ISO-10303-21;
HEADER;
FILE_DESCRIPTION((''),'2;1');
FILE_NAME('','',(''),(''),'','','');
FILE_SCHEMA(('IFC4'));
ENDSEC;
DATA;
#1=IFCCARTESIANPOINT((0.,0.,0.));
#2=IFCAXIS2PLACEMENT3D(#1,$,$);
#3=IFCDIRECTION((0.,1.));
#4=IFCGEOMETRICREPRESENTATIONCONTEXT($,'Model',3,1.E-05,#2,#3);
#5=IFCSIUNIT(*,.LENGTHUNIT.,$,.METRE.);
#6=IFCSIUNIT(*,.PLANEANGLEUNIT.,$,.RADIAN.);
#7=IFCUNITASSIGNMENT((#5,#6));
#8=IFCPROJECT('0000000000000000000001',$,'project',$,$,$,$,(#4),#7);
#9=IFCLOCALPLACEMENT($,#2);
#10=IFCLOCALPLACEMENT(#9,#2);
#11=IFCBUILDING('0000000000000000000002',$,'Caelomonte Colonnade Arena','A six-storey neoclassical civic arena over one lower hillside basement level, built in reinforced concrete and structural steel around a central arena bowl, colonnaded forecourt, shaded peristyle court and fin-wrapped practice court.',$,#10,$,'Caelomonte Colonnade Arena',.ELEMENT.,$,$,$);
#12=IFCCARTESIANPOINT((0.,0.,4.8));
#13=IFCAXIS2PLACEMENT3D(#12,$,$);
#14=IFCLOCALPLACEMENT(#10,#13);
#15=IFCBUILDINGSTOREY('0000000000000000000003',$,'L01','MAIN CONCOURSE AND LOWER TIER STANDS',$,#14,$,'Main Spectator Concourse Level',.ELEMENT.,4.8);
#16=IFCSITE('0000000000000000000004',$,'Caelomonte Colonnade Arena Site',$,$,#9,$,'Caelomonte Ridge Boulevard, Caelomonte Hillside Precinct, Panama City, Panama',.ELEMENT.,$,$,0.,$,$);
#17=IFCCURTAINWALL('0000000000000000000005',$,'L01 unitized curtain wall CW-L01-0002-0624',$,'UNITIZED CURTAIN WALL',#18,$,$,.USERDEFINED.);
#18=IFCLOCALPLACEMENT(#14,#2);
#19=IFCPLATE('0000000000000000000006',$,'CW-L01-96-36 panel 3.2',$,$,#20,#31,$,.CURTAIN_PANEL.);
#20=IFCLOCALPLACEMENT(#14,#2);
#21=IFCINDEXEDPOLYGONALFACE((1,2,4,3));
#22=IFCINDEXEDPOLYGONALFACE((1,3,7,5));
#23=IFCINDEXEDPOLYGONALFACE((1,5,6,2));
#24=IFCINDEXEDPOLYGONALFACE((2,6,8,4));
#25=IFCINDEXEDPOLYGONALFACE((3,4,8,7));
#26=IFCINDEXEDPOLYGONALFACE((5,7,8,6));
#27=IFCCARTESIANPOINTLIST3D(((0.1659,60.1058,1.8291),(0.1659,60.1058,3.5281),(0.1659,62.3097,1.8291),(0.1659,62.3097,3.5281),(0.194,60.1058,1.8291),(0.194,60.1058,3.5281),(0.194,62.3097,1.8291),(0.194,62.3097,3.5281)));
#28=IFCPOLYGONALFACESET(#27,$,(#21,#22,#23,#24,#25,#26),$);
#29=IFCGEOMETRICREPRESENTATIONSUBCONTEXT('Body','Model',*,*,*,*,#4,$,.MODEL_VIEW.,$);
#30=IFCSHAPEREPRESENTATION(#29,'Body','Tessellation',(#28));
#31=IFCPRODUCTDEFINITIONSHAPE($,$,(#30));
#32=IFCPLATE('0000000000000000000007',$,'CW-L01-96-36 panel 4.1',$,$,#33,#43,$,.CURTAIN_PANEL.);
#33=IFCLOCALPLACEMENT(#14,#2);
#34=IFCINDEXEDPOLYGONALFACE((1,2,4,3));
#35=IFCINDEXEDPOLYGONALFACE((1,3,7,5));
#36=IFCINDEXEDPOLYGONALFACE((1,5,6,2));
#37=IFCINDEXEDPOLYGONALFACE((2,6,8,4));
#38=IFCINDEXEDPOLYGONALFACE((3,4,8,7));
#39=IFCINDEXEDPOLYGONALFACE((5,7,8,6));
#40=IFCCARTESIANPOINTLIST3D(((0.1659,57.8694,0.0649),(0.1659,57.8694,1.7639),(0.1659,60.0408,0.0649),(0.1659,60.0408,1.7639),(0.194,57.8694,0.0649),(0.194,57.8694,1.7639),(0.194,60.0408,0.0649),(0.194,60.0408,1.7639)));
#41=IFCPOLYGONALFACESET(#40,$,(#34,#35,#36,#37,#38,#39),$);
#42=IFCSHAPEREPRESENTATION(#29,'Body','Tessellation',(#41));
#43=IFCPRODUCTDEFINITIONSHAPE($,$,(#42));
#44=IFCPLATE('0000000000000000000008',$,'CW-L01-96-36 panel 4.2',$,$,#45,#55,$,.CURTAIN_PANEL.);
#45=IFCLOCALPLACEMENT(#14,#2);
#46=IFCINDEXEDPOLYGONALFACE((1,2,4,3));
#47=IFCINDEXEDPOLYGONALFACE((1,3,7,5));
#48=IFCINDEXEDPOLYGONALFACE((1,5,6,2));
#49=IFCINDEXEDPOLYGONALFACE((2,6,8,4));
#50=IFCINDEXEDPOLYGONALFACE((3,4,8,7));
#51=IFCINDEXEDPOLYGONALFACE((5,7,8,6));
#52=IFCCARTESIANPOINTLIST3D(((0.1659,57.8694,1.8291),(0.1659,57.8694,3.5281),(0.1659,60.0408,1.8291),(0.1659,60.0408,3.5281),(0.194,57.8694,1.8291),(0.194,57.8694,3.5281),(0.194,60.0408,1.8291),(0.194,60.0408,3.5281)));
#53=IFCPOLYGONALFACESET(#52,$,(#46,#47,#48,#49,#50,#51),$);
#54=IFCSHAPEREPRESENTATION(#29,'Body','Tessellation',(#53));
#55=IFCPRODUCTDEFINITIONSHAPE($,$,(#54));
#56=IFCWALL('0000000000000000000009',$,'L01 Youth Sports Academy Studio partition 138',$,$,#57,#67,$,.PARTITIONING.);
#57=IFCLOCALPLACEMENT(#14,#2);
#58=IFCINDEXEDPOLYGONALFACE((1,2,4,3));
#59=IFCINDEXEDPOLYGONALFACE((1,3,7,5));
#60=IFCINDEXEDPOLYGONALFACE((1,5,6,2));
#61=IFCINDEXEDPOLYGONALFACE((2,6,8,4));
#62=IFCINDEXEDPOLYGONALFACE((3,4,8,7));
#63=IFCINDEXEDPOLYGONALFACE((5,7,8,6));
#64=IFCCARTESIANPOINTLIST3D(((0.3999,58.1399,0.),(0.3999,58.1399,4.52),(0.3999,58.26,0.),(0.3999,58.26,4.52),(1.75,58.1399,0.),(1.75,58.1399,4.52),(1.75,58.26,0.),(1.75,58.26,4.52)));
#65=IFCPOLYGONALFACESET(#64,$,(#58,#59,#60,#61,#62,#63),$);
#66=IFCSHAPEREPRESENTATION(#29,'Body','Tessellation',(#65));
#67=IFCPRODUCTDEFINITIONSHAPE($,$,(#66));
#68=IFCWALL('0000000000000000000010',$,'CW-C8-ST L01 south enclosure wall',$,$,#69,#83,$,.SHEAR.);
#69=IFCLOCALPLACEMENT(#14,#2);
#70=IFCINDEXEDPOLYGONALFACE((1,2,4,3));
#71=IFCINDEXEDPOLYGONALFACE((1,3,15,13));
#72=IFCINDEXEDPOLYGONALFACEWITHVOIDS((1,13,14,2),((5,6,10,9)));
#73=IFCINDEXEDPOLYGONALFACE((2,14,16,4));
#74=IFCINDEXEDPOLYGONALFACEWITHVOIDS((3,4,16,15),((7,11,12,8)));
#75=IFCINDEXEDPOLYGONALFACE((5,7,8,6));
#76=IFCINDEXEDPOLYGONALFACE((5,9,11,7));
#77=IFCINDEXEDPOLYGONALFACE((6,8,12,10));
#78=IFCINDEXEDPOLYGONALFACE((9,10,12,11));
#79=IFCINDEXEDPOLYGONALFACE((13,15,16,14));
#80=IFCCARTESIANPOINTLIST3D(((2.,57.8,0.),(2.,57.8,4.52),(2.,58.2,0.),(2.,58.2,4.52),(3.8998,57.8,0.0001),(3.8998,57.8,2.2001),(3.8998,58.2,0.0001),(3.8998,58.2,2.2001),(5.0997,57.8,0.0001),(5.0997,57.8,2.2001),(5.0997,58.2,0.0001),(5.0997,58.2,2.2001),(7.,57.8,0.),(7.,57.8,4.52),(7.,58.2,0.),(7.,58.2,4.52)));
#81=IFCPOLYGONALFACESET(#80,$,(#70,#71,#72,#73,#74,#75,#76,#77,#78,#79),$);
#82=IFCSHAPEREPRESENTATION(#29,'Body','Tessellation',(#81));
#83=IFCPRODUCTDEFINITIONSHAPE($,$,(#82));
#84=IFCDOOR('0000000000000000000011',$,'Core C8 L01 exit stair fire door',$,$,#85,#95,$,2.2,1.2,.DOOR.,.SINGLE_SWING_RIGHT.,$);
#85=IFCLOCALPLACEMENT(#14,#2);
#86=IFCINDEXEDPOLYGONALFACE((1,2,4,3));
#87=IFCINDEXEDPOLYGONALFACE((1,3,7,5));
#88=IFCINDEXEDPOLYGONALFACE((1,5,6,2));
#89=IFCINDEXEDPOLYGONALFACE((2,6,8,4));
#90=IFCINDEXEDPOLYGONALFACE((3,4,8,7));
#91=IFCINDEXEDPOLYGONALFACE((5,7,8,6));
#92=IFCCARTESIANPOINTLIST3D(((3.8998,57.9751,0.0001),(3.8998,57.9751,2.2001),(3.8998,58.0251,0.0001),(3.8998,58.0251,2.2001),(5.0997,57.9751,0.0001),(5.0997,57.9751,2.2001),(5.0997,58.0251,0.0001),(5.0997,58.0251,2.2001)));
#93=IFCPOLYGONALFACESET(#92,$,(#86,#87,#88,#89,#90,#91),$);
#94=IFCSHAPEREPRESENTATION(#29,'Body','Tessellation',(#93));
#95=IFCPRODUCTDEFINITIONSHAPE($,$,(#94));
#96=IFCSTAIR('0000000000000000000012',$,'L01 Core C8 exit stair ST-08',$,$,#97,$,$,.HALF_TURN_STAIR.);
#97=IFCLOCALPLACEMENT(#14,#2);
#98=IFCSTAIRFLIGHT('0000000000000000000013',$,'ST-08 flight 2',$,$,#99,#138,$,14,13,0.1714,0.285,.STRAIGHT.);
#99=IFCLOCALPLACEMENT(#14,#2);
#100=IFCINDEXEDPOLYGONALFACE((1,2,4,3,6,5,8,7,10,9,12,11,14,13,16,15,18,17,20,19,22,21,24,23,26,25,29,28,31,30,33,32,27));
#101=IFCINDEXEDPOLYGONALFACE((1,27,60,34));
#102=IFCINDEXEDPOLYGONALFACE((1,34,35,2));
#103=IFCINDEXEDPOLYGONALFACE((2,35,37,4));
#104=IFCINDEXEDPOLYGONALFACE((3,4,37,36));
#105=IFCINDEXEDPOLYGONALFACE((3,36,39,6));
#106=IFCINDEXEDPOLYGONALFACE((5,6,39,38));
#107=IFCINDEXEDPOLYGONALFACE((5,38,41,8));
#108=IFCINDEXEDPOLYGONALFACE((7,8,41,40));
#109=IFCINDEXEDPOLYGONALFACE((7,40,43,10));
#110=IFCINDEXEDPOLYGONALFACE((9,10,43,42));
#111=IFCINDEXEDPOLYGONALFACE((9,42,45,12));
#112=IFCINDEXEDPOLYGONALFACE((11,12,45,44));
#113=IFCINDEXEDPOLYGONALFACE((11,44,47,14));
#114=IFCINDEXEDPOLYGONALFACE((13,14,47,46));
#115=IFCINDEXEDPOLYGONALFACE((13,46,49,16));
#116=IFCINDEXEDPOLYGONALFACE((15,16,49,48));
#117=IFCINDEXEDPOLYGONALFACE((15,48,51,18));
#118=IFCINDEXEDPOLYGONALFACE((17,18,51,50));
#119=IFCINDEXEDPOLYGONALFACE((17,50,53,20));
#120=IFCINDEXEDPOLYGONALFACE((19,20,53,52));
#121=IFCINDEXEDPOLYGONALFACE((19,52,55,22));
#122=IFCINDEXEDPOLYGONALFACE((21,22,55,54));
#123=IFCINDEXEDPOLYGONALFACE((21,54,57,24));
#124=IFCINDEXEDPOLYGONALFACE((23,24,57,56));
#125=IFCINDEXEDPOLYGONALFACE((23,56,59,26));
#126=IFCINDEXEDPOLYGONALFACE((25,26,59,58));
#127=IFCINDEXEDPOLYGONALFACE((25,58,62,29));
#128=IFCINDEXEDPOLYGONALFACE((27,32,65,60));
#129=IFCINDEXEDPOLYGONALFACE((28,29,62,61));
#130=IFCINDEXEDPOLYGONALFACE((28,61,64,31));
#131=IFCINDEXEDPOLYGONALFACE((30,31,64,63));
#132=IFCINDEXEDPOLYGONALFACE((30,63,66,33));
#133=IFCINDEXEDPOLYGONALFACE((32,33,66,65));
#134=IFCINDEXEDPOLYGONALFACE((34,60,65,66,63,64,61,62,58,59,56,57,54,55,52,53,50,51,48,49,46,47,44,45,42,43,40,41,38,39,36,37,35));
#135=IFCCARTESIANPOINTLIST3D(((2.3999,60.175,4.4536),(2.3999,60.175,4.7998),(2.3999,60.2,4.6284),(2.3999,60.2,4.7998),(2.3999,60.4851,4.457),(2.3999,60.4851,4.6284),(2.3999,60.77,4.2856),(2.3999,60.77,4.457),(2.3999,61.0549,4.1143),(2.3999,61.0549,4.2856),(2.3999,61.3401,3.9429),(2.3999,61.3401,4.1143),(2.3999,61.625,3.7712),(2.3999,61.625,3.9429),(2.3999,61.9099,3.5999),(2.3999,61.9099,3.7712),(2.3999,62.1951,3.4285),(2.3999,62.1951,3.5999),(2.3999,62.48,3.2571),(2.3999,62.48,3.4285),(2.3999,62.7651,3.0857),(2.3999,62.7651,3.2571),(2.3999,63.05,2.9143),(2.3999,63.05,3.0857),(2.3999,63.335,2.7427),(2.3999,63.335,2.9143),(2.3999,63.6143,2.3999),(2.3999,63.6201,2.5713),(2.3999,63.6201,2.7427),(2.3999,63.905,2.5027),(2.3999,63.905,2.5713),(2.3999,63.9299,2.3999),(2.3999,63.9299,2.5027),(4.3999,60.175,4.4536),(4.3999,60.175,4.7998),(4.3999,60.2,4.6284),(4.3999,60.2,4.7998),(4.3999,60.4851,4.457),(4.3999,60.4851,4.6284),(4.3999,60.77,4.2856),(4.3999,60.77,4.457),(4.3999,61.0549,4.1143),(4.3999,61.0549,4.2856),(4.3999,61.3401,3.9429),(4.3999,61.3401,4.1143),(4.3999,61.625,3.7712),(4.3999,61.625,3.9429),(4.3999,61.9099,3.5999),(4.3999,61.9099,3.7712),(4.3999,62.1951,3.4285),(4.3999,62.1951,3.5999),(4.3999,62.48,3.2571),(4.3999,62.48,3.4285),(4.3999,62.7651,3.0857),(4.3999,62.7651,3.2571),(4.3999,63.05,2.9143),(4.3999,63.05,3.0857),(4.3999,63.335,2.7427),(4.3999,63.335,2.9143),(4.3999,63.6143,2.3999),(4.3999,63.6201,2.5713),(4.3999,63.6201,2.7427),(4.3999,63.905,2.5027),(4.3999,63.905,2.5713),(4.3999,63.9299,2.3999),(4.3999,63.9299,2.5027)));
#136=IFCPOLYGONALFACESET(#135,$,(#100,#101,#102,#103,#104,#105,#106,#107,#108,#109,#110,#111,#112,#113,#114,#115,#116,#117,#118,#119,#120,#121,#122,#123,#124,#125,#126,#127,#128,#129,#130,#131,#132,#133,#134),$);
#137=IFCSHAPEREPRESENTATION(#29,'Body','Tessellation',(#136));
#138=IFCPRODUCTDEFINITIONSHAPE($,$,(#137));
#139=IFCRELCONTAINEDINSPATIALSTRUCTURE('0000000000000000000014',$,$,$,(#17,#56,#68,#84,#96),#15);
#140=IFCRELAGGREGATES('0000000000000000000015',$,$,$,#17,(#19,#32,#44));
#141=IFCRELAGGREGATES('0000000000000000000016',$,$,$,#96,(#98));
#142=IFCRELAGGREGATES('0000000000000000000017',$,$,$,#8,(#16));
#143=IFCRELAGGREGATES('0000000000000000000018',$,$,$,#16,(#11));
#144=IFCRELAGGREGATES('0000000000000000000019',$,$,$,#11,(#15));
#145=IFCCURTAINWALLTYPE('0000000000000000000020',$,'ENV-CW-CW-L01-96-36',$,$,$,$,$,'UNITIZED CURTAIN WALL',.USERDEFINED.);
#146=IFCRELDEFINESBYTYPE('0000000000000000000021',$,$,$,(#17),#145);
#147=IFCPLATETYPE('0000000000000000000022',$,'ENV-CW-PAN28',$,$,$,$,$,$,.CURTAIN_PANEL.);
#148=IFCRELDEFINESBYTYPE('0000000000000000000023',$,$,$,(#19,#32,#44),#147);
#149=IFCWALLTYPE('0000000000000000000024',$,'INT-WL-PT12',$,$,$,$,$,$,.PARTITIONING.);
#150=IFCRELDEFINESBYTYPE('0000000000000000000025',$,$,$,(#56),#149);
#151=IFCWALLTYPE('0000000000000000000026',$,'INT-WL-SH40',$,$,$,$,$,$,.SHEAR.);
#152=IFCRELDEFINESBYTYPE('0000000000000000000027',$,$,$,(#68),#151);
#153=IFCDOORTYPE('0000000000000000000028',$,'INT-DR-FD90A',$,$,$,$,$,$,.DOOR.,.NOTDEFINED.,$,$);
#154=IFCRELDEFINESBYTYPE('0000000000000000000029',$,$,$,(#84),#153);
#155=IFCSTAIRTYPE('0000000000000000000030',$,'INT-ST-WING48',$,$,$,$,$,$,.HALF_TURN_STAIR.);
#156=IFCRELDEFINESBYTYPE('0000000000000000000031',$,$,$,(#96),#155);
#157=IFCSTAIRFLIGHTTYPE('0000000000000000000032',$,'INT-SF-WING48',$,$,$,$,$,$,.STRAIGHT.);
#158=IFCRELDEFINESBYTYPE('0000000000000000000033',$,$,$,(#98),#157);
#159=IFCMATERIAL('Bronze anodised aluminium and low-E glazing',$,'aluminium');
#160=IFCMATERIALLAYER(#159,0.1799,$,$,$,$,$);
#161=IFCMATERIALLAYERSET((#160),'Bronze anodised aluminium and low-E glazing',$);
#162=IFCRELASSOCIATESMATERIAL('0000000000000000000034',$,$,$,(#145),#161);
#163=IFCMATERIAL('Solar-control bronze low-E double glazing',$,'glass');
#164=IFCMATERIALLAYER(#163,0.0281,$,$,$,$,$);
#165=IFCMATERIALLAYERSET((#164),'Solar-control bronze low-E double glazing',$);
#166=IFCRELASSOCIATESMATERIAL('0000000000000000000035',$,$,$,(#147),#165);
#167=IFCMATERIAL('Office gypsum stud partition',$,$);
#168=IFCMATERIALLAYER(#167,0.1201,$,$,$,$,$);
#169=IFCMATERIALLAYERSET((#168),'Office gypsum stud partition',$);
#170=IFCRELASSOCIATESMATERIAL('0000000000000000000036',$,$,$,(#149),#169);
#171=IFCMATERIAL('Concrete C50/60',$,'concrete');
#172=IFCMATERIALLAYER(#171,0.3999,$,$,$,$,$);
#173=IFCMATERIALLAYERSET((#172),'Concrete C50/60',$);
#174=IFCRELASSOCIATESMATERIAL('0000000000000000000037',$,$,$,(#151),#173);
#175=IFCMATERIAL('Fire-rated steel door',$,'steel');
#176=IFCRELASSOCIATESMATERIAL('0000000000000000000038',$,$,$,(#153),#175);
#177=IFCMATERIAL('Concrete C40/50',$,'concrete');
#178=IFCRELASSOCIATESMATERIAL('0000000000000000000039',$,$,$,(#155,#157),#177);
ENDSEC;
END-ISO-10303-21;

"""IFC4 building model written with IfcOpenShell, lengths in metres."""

from ifc_helpers import new_model, si_unit, direction, frame, frame_2d, origin, origin_2d, place, context, subcontext, project, spatial, polyline, rectangle, outline, extrude, material, layer, layer_set, type_object, element, fill, aggregate, save


model = new_model("IFC4")

# Units and contexts
model_context = context("Model", 3, precision=1e-05, world=origin(), true_north=direction((0.0, 1.0)))
body_context = subcontext(model_context, "Body", "Model", "MODEL_VIEW")
ifc_project = project(units=[si_unit("LENGTHUNIT", "METRE"), si_unit("PLANEANGLEUNIT", "RADIAN")], contexts=[model_context])

# Site, building, storey
site_placement = place(None, origin())
site = spatial("IfcSite", under=ifc_project, at=site_placement, Name="Caelomonte Colonnade Arena Site", LongName="Caelomonte Ridge Boulevard, Caelomonte Hillside Precinct, Panama City, Panama", CompositionType="ELEMENT", RefElevation=0.0)
building_placement = place(site_placement, origin())
building = spatial("IfcBuilding", under=site, at=building_placement, Name="Caelomonte Colonnade Arena", Description="A six-storey neoclassical civic arena over one lower hillside basement level, built in reinforced concrete and structural steel around a central arena bowl, colonnaded forecourt, shaded peristyle court and fin-wrapped practice court.", LongName="Caelomonte Colonnade Arena", CompositionType="ELEMENT")
storey_placement = place(building_placement, frame((0.0, 0.0, 4.8)))
storey = spatial("IfcBuildingStorey", under=building, at=storey_placement, Name="L01", Description="MAIN CONCOURSE AND LOWER TIER STANDS", LongName="Main Spectator Concourse Level", CompositionType="ELEMENT", Elevation=4.8)

# Curtain wall
ifc_material_1 = material(Name="Bronze anodised aluminium and low-E glazing", Category="aluminium")
ifc_layer_1 = layer(ifc_material_1, 0.1799)
ifc_layer_set_1 = layer_set([ifc_layer_1], Name="Bronze anodised aluminium and low-E glazing")
curtain_wall_type = type_object("IfcCurtainWallType", Name="ENV-CW-CW-L01-96-36", ElementType="UNITIZED CURTAIN WALL", PredefinedType="USERDEFINED", material=ifc_layer_set_1)
curtain_wall_1_placement = place(storey_placement, origin())
curtain_wall_1 = element("IfcCurtainWall", 1, at=curtain_wall_1_placement, inside=storey, type_object=curtain_wall_type, Name="L01 unitized curtain wall CW-L01-0002-0624", ObjectType="UNITIZED CURTAIN WALL", PredefinedType="USERDEFINED")

# Plates
ifc_material_2 = material(Name="Solar-control bronze low-E double glazing", Category="glass")
ifc_layer_2 = layer(ifc_material_2, 0.0281)
ifc_layer_set_2 = layer_set([ifc_layer_2], Name="Solar-control bronze low-E double glazing")
plate_type = type_object("IfcPlateType", Name="ENV-CW-PAN28", PredefinedType="CURTAIN_PANEL", material=ifc_layer_set_2)
plate_1_placement = place(storey_placement, frame((0.1799, 61.2078, 1.8291), z_axis=(0.0, 0.0, 1.0), x_axis=(0.0, -1.0, 0.0)))
plate_1 = element("IfcPlate", 2, at=plate_1_placement, type_object=plate_type, Name="CW-L01-96-36 panel 3.2", PredefinedType="CURTAIN_PANEL", context=body_context, shape_type="SweptSolid", body=[
    extrude(rectangle(XDim=2.2039, YDim=0.0281, at=origin_2d()), origin(), (0.0, 0.0, 1.0), 1.699),
])
plate_2_placement = place(storey_placement, frame((0.1799, 58.9551, 0.0649), z_axis=(0.0, 0.0, 1.0), x_axis=(0.0, -1.0, 0.0)))
plate_2 = element("IfcPlate", 3, at=plate_2_placement, type_object=plate_type, Name="CW-L01-96-36 panel 4.1", PredefinedType="CURTAIN_PANEL", context=body_context, shape_type="SweptSolid", body=[
    extrude(rectangle(XDim=2.1714, YDim=0.0281, at=origin_2d()), origin(), (0.0, 0.0, 1.0), 1.699),
])
plate_3_placement = place(storey_placement, frame((0.1799, 58.9551, 1.8291), z_axis=(0.0, 0.0, 1.0), x_axis=(0.0, -1.0, 0.0)))
plate_3 = element("IfcPlate", 4, at=plate_3_placement, type_object=plate_type, Name="CW-L01-96-36 panel 4.2", PredefinedType="CURTAIN_PANEL", context=body_context, shape_type="SweptSolid", body=[
    extrude(rectangle(XDim=2.1714, YDim=0.0281, at=origin_2d()), origin(), (0.0, 0.0, 1.0), 1.699),
])
aggregate(curtain_wall_1, [plate_1, plate_2, plate_3])

# Wall
ifc_material_3 = material(Name="Office gypsum stud partition")
ifc_layer_3 = layer(ifc_material_3, 0.1201)
ifc_layer_set_3 = layer_set([ifc_layer_3], Name="Office gypsum stud partition")
wall_type_1 = type_object("IfcWallType", Name="INT-WL-PT12", PredefinedType="PARTITIONING", material=ifc_layer_set_3)
wall_1_placement = place(storey_placement, frame((1.75, 58.2, 0.0), z_axis=(0.0, 0.0, 1.0), x_axis=(-1.0, 0.0, 0.0)))
element("IfcWall", 5, at=wall_1_placement, inside=storey, type_object=wall_type_1, Name="L01 Youth Sports Academy Studio partition 138", PredefinedType="PARTITIONING", context=body_context, shape_type="SweptSolid", body=[
    extrude(rectangle(XDim=1.3501, YDim=0.1201, at=frame_2d((0.675, 0.0))), origin(), (0.0, 0.0, 1.0), 4.52),
])

# Wall, opening, door
ifc_material_4 = material(Name="Concrete C50/60", Category="concrete")
ifc_layer_4 = layer(ifc_material_4, 0.3999)
ifc_layer_set_4 = layer_set([ifc_layer_4], Name="Concrete C50/60")
wall_type_2 = type_object("IfcWallType", Name="INT-WL-SH40", PredefinedType="SHEAR", material=ifc_layer_set_4)
wall_2_placement = place(storey_placement, frame((2.0, 58.0, 0.0), z_axis=(0.0, 0.0, 1.0), x_axis=(1.0, 0.0, 0.0)))
wall_2 = element("IfcWall", 6, at=wall_2_placement, inside=storey, type_object=wall_type_2, Name="CW-C8-ST L01 south enclosure wall", PredefinedType="SHEAR", context=body_context, shape_type="SweptSolid", body=[
    extrude(rectangle(XDim=5.0, YDim=0.3999, at=frame_2d((2.5, 0.0))), origin(), (0.0, 0.0, 1.0), 4.52),
])
opening_placement = place(wall_2_placement, frame((3.0999, 0.0, 0.0), z_axis=(0.0, 0.0, 1.0), x_axis=(-1.0, 0.0, 0.0)))
opening = element("IfcOpeningElement", 7, at=opening_placement, cuts=wall_2, PredefinedType="OPENING", context=body_context, shape_type="SweptSolid", body=[
    extrude(rectangle(XDim=1.2, YDim=2.2, at=frame_2d((0.6001, 1.1001))), frame((0.0, 0.21, 0.0), z_axis=(0.0, -1.0, 0.0), x_axis=(1.0, 0.0, 0.0)), (0.0, 0.0, 1.0), 0.4199),
])
ifc_material_5 = material(Name="Fire-rated steel door", Category="steel")
door_type = type_object("IfcDoorType", Name="INT-DR-FD90A", OperationType="NOTDEFINED", PredefinedType="DOOR", material=ifc_material_5)
door_placement = place(opening_placement, origin())
door = element("IfcDoor", 8, at=door_placement, inside=storey, type_object=door_type, Name="Core C8 L01 exit stair fire door", OperationType="SINGLE_SWING_RIGHT", OverallHeight=2.2, OverallWidth=1.2, PredefinedType="DOOR", context=body_context, shape_type="SweptSolid", body=[
    extrude(rectangle(XDim=1.2, YDim=2.2, at=frame_2d((0.6001, 1.1001))), frame((0.0, 0.0249, 0.0), z_axis=(0.0, -1.0, 0.0), x_axis=(1.0, 0.0, 0.0)), (0.0, 0.0, 1.0), 0.05),
])
fill(opening, door)

# Stair, stair flight
ifc_material_6 = material(Name="Concrete C40/50", Category="concrete")
stair_type = type_object("IfcStairType", Name="INT-ST-WING48", PredefinedType="HALF_TURN_STAIR", material=ifc_material_6)
stair_placement = place(storey_placement, origin())
stair = element("IfcStair", 9, at=stair_placement, inside=storey, type_object=stair_type, Name="L01 Core C8 exit stair ST-08", PredefinedType="HALF_TURN_STAIR")
stair_flight_type = type_object("IfcStairFlightType", Name="INT-SF-WING48", PredefinedType="STRAIGHT", material=ifc_material_6)
stair_flight_placement = place(storey_placement, frame((3.3999, 63.905, 2.3999), z_axis=(0.0, 0.0, 1.0), x_axis=(0.0, -1.0, 0.0)))
stair_flight = element("IfcStairFlight", 10, at=stair_flight_placement, type_object=stair_flight_type, Name="ST-08 flight 2", NumberOfRisers=14, NumberOfTreads=13, PredefinedType="STRAIGHT", RiserHeight=0.1714, TreadLength=0.285, context=body_context, shape_type="SweptSolid", body=[
    extrude(outline(polyline([(-0.0249, 0.0), (-0.0249, 0.1028), (0.0, 0.1028), (0.0, 0.1714), (0.2849, 0.1714), (0.2849, 0.3428), (0.5701, 0.3428), (0.5701, 0.5144), (0.855, 0.5144), (0.855, 0.6858), (1.1399, 0.6858), (1.1399, 0.8572), (1.425, 0.8572), (1.425, 1.0286), (1.71, 1.0286), (1.71, 1.2), (1.9951, 1.2), (1.9951, 1.3713), (2.28, 1.3713), (2.28, 1.543), (2.5649, 1.543), (2.5649, 1.7144), (2.8501, 1.7144), (2.8501, 1.8857), (3.135, 1.8857), (3.135, 2.0571), (3.4199, 2.0571), (3.4199, 2.2285), (3.7051, 2.2285), (3.7051, 2.3999), (3.73, 2.3999), (3.73, 2.0537), (0.2908, 0.0), (-0.0249, 0.0)])), frame((0.0, 1.0, 0.0), z_axis=(0.0, -1.0, 0.0), x_axis=(1.0, 0.0, 0.0)), (0.0, 0.0, 1.0), 2.0),
])
aggregate(stair, [stair_flight])

save(model, "model.ifc")
